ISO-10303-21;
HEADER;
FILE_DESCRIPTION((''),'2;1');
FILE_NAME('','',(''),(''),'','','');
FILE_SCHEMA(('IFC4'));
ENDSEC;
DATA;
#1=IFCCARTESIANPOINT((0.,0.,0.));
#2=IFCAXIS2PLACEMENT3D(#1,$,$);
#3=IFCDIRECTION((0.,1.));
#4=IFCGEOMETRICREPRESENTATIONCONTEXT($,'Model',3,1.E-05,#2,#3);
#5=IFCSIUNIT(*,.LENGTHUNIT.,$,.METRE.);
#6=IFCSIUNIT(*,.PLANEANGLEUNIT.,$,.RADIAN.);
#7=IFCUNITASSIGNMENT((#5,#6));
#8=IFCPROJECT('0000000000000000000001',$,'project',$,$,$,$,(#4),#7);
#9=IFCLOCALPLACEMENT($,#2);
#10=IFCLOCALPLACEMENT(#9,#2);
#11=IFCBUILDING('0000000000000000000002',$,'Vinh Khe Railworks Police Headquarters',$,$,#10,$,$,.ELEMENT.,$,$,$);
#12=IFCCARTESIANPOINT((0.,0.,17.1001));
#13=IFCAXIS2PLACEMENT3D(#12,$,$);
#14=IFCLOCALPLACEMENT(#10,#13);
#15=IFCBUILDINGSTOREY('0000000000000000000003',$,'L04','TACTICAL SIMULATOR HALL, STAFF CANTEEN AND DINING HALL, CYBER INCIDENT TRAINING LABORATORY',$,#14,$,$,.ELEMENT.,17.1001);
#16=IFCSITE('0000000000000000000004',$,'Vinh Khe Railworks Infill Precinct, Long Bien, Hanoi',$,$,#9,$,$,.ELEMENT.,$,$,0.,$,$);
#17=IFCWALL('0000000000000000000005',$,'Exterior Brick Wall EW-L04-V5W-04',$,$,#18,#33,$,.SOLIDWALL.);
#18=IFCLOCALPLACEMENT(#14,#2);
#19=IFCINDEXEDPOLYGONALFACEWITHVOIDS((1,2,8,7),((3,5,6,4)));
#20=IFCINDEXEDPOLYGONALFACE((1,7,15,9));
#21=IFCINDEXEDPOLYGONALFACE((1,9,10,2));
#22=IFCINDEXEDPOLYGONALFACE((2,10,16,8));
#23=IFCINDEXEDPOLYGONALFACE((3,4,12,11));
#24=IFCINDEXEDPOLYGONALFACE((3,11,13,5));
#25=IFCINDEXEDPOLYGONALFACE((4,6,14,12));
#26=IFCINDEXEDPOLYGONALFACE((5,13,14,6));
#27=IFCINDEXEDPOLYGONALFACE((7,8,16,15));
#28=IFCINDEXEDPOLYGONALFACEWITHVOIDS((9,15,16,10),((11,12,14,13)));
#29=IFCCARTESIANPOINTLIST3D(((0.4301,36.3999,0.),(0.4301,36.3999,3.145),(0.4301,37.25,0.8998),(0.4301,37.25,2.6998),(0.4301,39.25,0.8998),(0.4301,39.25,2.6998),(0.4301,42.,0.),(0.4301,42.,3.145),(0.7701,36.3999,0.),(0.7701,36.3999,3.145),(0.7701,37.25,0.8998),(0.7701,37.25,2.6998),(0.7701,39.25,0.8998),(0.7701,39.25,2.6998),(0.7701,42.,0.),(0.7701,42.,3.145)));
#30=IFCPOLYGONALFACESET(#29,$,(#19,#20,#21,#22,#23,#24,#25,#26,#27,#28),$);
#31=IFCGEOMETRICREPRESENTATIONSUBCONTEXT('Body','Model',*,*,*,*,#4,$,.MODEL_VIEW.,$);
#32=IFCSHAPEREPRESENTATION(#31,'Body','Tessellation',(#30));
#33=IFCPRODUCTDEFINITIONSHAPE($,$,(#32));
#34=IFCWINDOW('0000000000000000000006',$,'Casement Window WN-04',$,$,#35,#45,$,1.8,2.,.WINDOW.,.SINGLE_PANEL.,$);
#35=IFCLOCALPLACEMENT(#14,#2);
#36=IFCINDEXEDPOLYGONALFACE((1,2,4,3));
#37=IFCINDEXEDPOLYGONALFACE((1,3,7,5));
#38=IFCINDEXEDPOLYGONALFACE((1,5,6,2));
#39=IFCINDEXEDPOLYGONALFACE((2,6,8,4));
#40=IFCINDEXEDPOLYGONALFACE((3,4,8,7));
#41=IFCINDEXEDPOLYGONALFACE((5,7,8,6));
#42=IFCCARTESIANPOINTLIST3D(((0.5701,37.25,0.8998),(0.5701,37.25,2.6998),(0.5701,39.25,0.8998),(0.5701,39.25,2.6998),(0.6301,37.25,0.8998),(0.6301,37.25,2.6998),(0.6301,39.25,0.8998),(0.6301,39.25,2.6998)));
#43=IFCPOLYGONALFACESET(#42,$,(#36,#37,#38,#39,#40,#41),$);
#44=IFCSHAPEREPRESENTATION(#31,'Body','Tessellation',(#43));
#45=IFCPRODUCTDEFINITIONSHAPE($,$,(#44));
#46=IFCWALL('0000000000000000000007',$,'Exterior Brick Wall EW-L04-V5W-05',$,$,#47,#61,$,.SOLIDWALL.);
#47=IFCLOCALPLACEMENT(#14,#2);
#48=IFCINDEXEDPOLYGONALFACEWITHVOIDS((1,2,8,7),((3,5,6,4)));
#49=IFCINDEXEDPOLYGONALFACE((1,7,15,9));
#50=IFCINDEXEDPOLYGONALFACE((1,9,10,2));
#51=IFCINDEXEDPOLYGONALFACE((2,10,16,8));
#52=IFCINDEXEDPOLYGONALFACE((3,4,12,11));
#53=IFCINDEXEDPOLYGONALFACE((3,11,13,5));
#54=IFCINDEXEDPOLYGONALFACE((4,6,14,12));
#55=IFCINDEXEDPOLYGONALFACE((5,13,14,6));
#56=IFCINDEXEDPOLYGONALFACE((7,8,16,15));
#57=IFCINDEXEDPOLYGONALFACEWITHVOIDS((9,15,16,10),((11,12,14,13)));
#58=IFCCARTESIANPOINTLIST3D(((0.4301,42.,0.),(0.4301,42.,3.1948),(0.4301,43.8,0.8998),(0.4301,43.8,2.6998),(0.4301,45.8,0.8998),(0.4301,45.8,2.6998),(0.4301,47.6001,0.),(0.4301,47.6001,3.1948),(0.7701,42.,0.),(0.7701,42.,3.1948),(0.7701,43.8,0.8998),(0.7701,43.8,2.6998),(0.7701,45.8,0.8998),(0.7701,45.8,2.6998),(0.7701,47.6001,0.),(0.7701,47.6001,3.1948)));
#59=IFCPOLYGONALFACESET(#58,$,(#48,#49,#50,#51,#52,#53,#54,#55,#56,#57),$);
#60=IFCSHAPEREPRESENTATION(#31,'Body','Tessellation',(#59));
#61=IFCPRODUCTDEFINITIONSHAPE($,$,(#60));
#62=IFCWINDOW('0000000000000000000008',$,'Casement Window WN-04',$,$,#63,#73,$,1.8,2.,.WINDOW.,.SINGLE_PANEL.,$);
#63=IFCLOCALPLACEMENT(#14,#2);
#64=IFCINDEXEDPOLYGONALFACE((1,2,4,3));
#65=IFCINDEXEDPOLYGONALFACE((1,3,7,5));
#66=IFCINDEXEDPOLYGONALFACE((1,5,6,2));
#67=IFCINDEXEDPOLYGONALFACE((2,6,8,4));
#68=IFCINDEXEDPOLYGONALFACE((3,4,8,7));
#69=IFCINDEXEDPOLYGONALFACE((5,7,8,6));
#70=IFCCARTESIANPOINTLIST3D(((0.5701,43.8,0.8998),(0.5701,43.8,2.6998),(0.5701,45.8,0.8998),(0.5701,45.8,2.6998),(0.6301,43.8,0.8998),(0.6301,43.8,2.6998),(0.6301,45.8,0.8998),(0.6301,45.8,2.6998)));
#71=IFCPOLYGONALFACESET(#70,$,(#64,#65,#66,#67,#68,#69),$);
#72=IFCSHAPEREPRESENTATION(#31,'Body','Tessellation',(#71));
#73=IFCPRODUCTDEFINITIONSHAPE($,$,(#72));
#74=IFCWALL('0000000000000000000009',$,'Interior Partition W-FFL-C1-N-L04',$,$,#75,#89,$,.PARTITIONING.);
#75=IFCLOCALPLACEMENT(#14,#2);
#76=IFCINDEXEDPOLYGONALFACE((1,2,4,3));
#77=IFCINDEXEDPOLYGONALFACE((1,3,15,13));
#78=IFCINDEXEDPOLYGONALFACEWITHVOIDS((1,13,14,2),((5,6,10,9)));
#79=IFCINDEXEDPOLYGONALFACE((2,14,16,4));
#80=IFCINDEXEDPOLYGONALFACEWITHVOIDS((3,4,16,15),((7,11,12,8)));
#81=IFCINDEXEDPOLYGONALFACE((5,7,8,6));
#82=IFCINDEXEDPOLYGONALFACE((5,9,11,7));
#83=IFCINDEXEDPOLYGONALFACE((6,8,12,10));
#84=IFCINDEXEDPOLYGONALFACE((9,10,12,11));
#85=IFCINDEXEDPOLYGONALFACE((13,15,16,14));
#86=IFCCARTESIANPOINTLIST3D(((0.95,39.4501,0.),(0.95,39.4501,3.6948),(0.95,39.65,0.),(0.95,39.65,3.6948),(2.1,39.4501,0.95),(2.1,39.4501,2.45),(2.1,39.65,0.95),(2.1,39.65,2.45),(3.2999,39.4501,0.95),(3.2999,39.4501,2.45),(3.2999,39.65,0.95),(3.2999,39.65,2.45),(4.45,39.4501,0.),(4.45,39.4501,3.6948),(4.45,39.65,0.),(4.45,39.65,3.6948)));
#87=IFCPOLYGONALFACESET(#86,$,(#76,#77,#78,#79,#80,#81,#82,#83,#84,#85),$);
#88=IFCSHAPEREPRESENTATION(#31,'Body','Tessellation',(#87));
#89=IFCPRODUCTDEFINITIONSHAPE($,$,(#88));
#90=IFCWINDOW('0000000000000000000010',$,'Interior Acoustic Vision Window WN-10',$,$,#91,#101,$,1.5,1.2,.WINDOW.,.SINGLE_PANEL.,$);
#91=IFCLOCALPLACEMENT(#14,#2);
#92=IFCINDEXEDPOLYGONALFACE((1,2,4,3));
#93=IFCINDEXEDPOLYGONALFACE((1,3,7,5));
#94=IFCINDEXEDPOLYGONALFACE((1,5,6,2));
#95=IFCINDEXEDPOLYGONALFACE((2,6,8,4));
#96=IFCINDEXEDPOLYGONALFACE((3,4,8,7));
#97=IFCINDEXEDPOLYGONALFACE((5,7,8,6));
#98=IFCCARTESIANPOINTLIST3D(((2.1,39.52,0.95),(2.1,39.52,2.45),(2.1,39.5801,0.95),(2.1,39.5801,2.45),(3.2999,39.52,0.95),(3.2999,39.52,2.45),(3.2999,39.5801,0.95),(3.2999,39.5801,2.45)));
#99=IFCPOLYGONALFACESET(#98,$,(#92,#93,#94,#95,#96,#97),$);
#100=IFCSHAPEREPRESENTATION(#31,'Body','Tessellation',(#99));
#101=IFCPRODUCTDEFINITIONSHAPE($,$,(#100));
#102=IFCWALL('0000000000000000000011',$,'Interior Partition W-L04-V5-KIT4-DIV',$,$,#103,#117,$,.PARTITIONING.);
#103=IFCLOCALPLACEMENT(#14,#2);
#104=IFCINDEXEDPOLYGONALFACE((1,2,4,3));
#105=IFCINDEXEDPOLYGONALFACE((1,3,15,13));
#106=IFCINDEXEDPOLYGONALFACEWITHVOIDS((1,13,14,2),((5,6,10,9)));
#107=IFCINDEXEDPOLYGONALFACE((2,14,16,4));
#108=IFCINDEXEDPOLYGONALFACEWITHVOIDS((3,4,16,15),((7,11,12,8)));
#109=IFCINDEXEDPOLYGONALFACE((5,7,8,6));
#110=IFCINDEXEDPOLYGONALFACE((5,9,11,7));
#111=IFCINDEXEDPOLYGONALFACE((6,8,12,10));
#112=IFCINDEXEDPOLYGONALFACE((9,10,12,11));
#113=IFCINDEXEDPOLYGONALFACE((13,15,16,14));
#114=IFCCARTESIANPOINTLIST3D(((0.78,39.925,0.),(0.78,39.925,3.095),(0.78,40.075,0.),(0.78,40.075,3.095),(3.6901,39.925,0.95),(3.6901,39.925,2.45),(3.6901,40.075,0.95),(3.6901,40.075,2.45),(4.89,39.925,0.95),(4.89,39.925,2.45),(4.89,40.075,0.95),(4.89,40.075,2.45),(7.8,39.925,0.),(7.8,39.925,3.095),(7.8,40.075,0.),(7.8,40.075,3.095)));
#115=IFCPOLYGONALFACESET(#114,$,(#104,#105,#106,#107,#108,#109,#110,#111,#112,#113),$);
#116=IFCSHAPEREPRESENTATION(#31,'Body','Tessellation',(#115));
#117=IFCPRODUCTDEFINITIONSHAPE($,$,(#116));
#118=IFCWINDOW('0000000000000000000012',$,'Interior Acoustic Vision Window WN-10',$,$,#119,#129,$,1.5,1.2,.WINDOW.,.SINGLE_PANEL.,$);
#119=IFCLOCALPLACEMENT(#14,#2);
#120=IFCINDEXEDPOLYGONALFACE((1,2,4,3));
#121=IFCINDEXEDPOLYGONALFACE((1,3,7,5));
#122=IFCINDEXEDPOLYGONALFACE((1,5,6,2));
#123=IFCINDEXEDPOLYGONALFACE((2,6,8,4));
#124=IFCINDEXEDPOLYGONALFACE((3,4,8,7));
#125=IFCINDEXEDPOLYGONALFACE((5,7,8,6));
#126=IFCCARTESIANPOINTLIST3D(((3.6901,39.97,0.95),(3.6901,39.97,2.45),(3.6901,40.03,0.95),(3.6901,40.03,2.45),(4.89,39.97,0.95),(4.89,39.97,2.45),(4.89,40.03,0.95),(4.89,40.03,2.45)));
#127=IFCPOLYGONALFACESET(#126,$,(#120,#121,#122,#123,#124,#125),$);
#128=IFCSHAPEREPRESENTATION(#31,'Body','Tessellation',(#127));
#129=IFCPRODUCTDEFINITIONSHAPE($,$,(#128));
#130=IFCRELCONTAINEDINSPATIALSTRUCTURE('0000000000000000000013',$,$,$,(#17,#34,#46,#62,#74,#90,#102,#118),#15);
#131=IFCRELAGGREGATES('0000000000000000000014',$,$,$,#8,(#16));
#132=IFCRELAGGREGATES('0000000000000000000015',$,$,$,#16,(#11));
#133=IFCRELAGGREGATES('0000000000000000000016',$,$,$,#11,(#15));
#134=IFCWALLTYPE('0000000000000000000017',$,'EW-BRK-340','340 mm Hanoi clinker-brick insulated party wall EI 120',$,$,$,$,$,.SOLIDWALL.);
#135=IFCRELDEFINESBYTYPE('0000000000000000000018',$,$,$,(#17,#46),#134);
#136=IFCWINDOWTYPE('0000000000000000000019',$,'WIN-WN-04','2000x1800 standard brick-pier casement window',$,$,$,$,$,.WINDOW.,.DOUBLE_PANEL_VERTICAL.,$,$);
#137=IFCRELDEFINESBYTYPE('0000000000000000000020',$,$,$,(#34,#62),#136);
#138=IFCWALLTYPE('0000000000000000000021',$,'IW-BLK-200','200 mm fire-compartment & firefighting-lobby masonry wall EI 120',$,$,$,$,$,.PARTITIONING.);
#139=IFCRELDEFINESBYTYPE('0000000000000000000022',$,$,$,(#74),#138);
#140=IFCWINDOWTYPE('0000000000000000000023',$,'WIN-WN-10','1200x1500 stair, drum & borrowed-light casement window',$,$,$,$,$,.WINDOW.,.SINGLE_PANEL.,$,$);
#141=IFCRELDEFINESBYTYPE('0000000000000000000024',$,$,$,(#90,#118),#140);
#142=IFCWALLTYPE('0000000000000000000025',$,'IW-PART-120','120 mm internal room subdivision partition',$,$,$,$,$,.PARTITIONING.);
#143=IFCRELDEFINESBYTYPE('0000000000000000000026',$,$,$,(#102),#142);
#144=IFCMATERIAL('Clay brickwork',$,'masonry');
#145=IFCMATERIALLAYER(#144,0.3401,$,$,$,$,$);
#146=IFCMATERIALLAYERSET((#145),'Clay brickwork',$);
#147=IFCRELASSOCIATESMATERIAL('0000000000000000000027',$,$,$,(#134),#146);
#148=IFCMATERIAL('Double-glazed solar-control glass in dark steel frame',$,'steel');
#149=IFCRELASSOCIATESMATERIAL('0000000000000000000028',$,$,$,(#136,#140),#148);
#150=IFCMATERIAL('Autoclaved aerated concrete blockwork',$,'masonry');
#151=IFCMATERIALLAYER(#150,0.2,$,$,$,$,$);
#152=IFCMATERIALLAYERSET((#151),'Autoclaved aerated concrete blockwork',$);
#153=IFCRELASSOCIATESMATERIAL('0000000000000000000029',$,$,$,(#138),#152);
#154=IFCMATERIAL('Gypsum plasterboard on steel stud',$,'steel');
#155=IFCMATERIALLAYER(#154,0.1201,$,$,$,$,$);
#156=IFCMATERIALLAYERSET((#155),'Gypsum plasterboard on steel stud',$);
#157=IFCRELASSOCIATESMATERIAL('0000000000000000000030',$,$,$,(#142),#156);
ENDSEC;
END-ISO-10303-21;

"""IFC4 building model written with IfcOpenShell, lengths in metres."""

from ifc_helpers import new_model, si_unit, direction, frame, frame_2d, origin, place, context, subcontext, project, spatial, rectangle, extrude, material, layer, layer_set, type_object, element, fill, save


model = new_model("IFC4")

# Units and contexts
model_context = context("Model", 3, precision=1e-05, world=origin(), true_north=direction((0.0, 1.0)))
body_context = subcontext(model_context, "Body", "Model", "MODEL_VIEW")
ifc_project = project(units=[si_unit("LENGTHUNIT", "METRE"), si_unit("PLANEANGLEUNIT", "RADIAN")], contexts=[model_context])

# Site, building, storey
site_placement = place(None, origin())
site = spatial("IfcSite", under=ifc_project, at=site_placement, Name="Vinh Khe Railworks Infill Precinct, Long Bien, Hanoi", CompositionType="ELEMENT", RefElevation=0.0)
building_placement = place(site_placement, origin())
building = spatial("IfcBuilding", under=site, at=building_placement, Name="Vinh Khe Railworks Police Headquarters", CompositionType="ELEMENT")
storey_placement = place(building_placement, frame((0.0, 0.0, 17.1001)))
storey = spatial("IfcBuildingStorey", under=building, at=storey_placement, Name="L04", Description="TACTICAL SIMULATOR HALL, STAFF CANTEEN AND DINING HALL, CYBER INCIDENT TRAINING LABORATORY", CompositionType="ELEMENT", Elevation=17.1001)

# Walls, openings, windows
ifc_material_1 = material(Name="Clay brickwork", Category="masonry")
ifc_layer_1 = layer(ifc_material_1, 0.3401)
ifc_layer_set_1 = layer_set([ifc_layer_1], Name="Clay brickwork")
wall_type_1 = type_object("IfcWallType", Name="EW-BRK-340", Description="340 mm Hanoi clinker-brick insulated party wall EI 120", PredefinedType="SOLIDWALL", material=ifc_layer_set_1)
wall_1_placement = place(storey_placement, frame((0.6001, 36.3999, 0.0), z_axis=(0.0, 0.0, 1.0), x_axis=(0.0, 1.0, 0.0)))
wall_1 = element("IfcWall", 1, at=wall_1_placement, inside=storey, type_object=wall_type_1, Name="Exterior Brick Wall EW-L04-V5W-04", PredefinedType="SOLIDWALL", context=body_context, shape_type="SweptSolid", body=[
    extrude(rectangle(XDim=5.6001, YDim=0.3401, at=frame_2d((2.8, 0.0))), origin(), (0.0, 0.0, 1.0), 3.145),
])
opening_1_placement = place(wall_1_placement, frame((0.8501, 0.0, 0.8999)))
opening_1 = element("IfcOpeningElement", 2, at=opening_1_placement, cuts=wall_1, PredefinedType="OPENING", context=body_context, shape_type="SweptSolid", body=[
    extrude(rectangle(XDim=2.0, YDim=1.8, at=frame_2d((1.0, 0.8999))), frame((0.0, 0.1851, 0.0), z_axis=(0.0, -1.0, 0.0), x_axis=(1.0, 0.0, 0.0)), (0.0, 0.0, 1.0), 0.3699),
])
ifc_material_2 = material(Name="Double-glazed solar-control glass in dark steel frame", Category="steel")
window_type_1 = type_object("IfcWindowType", Name="WIN-WN-04", Description="2000x1800 standard brick-pier casement window", PartitioningType="DOUBLE_PANEL_VERTICAL", PredefinedType="WINDOW", material=ifc_material_2)
window_1_placement = place(opening_1_placement, origin())
window_1 = element("IfcWindow", 3, at=window_1_placement, inside=storey, type_object=window_type_1, Name="Casement Window WN-04", OverallHeight=1.8, OverallWidth=2.0, PartitioningType="SINGLE_PANEL", PredefinedType="WINDOW", context=body_context, shape_type="SweptSolid", body=[
    extrude(rectangle(XDim=2.0, YDim=1.8, at=frame_2d((1.0, 0.8999))), frame((0.0, 0.03, 0.0), z_axis=(0.0, -1.0, 0.0), x_axis=(1.0, 0.0, 0.0)), (0.0, 0.0, 1.0), 0.0601),
])
fill(opening_1, window_1)
wall_2_placement = place(storey_placement, frame((0.6001, 42.0, 0.0), z_axis=(0.0, 0.0, 1.0), x_axis=(0.0, 1.0, 0.0)))
wall_2 = element("IfcWall", 4, at=wall_2_placement, inside=storey, type_object=wall_type_1, Name="Exterior Brick Wall EW-L04-V5W-05", PredefinedType="SOLIDWALL", context=body_context, shape_type="SweptSolid", body=[
    extrude(rectangle(XDim=5.6001, YDim=0.3401, at=frame_2d((2.8, 0.0))), origin(), (0.0, 0.0, 1.0), 3.1948),
])
opening_2_placement = place(wall_2_placement, frame((1.8, 0.0, 0.8999)))
opening_2 = element("IfcOpeningElement", 5, at=opening_2_placement, cuts=wall_2, PredefinedType="OPENING", context=body_context, shape_type="SweptSolid", body=[
    extrude(rectangle(XDim=2.0, YDim=1.8, at=frame_2d((1.0, 0.8999))), frame((0.0, 0.1851, 0.0), z_axis=(0.0, -1.0, 0.0), x_axis=(1.0, 0.0, 0.0)), (0.0, 0.0, 1.0), 0.3699),
])
window_2_placement = place(opening_2_placement, origin())
window_2 = element("IfcWindow", 6, at=window_2_placement, inside=storey, type_object=window_type_1, Name="Casement Window WN-04", OverallHeight=1.8, OverallWidth=2.0, PartitioningType="SINGLE_PANEL", PredefinedType="WINDOW", context=body_context, shape_type="SweptSolid", body=[
    extrude(rectangle(XDim=2.0, YDim=1.8, at=frame_2d((1.0, 0.8999))), frame((0.0, 0.03, 0.0), z_axis=(0.0, -1.0, 0.0), x_axis=(1.0, 0.0, 0.0)), (0.0, 0.0, 1.0), 0.0601),
])
fill(opening_2, window_2)
ifc_material_3 = material(Name="Autoclaved aerated concrete blockwork", Category="masonry")
ifc_layer_2 = layer(ifc_material_3, 0.2)
ifc_layer_set_2 = layer_set([ifc_layer_2], Name="Autoclaved aerated concrete blockwork")
wall_type_2 = type_object("IfcWallType", Name="IW-BLK-200", Description="200 mm fire-compartment & firefighting-lobby masonry wall EI 120", PredefinedType="PARTITIONING", material=ifc_layer_set_2)
wall_3_placement = place(storey_placement, frame((0.95, 39.55, 0.0), z_axis=(0.0, 0.0, 1.0), x_axis=(1.0, 0.0, 0.0)))
wall_3 = element("IfcWall", 7, at=wall_3_placement, inside=storey, type_object=wall_type_2, Name="Interior Partition W-FFL-C1-N-L04", PredefinedType="PARTITIONING", context=body_context, shape_type="SweptSolid", body=[
    extrude(rectangle(XDim=3.5, YDim=0.2, at=frame_2d((1.75, 0.0))), origin(), (0.0, 0.0, 1.0), 3.6948),
])
opening_3_placement = place(wall_3_placement, frame((1.1499, 0.0, 0.95)))
opening_3 = element("IfcOpeningElement", 8, at=opening_3_placement, cuts=wall_3, PredefinedType="OPENING", context=body_context, shape_type="SweptSolid", body=[
    extrude(rectangle(XDim=1.2, YDim=1.5, at=frame_2d((0.6001, 0.75))), frame((0.0, 0.1147, 0.0), z_axis=(0.0, -1.0, 0.0), x_axis=(1.0, 0.0, 0.0)), (0.0, 0.0, 1.0), 0.2297),
])
window_type_2 = type_object("IfcWindowType", Name="WIN-WN-10", Description="1200x1500 stair, drum & borrowed-light casement window", PartitioningType="SINGLE_PANEL", PredefinedType="WINDOW", material=ifc_material_2)
window_3_placement = place(opening_3_placement, origin())
window_3 = element("IfcWindow", 9, at=window_3_placement, inside=storey, type_object=window_type_2, Name="Interior Acoustic Vision Window WN-10", OverallHeight=1.5, OverallWidth=1.2, PartitioningType="SINGLE_PANEL", PredefinedType="WINDOW", context=body_context, shape_type="SweptSolid", body=[
    extrude(rectangle(XDim=1.2, YDim=1.5, at=frame_2d((0.6001, 0.75))), frame((0.0, 0.03, 0.0), z_axis=(0.0, -1.0, 0.0), x_axis=(1.0, 0.0, 0.0)), (0.0, 0.0, 1.0), 0.0601),
])
fill(opening_3, window_3)
ifc_material_4 = material(Name="Gypsum plasterboard on steel stud", Category="steel")
ifc_layer_3 = layer(ifc_material_4, 0.1201)
ifc_layer_set_3 = layer_set([ifc_layer_3], Name="Gypsum plasterboard on steel stud")
wall_type_3 = type_object("IfcWallType", Name="IW-PART-120", Description="120 mm internal room subdivision partition", PredefinedType="PARTITIONING", material=ifc_layer_set_3)
wall_4_placement = place(storey_placement, frame((0.78, 40.0, 0.0), z_axis=(0.0, 0.0, 1.0), x_axis=(1.0, 0.0, 0.0)))
wall_4 = element("IfcWall", 10, at=wall_4_placement, inside=storey, type_object=wall_type_3, Name="Interior Partition W-L04-V5-KIT4-DIV", PredefinedType="PARTITIONING", context=body_context, shape_type="SweptSolid", body=[
    extrude(rectangle(XDim=7.02, YDim=0.1499, at=frame_2d((3.51, 0.0))), origin(), (0.0, 0.0, 1.0), 3.095),
])
opening_4_placement = place(wall_4_placement, frame((2.9099, 0.0, 0.95)))
opening_4 = element("IfcOpeningElement", 11, at=opening_4_placement, cuts=wall_4, PredefinedType="OPENING", context=body_context, shape_type="SweptSolid", body=[
    extrude(rectangle(XDim=1.2, YDim=1.5, at=frame_2d((0.6001, 0.75))), frame((0.0, 0.0898, 0.0), z_axis=(0.0, -1.0, 0.0), x_axis=(1.0, 0.0, 0.0)), (0.0, 0.0, 1.0), 0.1797),
])
window_4_placement = place(opening_4_placement, origin())
window_4 = element("IfcWindow", 12, at=window_4_placement, inside=storey, type_object=window_type_2, Name="Interior Acoustic Vision Window WN-10", OverallHeight=1.5, OverallWidth=1.2, PartitioningType="SINGLE_PANEL", PredefinedType="WINDOW", context=body_context, shape_type="SweptSolid", body=[
    extrude(rectangle(XDim=1.2, YDim=1.5, at=frame_2d((0.6001, 0.75))), frame((0.0, 0.03, 0.0), z_axis=(0.0, -1.0, 0.0), x_axis=(1.0, 0.0, 0.0)), (0.0, 0.0, 1.0), 0.0601),
])
fill(opening_4, window_4)

save(model, "model.ifc")
